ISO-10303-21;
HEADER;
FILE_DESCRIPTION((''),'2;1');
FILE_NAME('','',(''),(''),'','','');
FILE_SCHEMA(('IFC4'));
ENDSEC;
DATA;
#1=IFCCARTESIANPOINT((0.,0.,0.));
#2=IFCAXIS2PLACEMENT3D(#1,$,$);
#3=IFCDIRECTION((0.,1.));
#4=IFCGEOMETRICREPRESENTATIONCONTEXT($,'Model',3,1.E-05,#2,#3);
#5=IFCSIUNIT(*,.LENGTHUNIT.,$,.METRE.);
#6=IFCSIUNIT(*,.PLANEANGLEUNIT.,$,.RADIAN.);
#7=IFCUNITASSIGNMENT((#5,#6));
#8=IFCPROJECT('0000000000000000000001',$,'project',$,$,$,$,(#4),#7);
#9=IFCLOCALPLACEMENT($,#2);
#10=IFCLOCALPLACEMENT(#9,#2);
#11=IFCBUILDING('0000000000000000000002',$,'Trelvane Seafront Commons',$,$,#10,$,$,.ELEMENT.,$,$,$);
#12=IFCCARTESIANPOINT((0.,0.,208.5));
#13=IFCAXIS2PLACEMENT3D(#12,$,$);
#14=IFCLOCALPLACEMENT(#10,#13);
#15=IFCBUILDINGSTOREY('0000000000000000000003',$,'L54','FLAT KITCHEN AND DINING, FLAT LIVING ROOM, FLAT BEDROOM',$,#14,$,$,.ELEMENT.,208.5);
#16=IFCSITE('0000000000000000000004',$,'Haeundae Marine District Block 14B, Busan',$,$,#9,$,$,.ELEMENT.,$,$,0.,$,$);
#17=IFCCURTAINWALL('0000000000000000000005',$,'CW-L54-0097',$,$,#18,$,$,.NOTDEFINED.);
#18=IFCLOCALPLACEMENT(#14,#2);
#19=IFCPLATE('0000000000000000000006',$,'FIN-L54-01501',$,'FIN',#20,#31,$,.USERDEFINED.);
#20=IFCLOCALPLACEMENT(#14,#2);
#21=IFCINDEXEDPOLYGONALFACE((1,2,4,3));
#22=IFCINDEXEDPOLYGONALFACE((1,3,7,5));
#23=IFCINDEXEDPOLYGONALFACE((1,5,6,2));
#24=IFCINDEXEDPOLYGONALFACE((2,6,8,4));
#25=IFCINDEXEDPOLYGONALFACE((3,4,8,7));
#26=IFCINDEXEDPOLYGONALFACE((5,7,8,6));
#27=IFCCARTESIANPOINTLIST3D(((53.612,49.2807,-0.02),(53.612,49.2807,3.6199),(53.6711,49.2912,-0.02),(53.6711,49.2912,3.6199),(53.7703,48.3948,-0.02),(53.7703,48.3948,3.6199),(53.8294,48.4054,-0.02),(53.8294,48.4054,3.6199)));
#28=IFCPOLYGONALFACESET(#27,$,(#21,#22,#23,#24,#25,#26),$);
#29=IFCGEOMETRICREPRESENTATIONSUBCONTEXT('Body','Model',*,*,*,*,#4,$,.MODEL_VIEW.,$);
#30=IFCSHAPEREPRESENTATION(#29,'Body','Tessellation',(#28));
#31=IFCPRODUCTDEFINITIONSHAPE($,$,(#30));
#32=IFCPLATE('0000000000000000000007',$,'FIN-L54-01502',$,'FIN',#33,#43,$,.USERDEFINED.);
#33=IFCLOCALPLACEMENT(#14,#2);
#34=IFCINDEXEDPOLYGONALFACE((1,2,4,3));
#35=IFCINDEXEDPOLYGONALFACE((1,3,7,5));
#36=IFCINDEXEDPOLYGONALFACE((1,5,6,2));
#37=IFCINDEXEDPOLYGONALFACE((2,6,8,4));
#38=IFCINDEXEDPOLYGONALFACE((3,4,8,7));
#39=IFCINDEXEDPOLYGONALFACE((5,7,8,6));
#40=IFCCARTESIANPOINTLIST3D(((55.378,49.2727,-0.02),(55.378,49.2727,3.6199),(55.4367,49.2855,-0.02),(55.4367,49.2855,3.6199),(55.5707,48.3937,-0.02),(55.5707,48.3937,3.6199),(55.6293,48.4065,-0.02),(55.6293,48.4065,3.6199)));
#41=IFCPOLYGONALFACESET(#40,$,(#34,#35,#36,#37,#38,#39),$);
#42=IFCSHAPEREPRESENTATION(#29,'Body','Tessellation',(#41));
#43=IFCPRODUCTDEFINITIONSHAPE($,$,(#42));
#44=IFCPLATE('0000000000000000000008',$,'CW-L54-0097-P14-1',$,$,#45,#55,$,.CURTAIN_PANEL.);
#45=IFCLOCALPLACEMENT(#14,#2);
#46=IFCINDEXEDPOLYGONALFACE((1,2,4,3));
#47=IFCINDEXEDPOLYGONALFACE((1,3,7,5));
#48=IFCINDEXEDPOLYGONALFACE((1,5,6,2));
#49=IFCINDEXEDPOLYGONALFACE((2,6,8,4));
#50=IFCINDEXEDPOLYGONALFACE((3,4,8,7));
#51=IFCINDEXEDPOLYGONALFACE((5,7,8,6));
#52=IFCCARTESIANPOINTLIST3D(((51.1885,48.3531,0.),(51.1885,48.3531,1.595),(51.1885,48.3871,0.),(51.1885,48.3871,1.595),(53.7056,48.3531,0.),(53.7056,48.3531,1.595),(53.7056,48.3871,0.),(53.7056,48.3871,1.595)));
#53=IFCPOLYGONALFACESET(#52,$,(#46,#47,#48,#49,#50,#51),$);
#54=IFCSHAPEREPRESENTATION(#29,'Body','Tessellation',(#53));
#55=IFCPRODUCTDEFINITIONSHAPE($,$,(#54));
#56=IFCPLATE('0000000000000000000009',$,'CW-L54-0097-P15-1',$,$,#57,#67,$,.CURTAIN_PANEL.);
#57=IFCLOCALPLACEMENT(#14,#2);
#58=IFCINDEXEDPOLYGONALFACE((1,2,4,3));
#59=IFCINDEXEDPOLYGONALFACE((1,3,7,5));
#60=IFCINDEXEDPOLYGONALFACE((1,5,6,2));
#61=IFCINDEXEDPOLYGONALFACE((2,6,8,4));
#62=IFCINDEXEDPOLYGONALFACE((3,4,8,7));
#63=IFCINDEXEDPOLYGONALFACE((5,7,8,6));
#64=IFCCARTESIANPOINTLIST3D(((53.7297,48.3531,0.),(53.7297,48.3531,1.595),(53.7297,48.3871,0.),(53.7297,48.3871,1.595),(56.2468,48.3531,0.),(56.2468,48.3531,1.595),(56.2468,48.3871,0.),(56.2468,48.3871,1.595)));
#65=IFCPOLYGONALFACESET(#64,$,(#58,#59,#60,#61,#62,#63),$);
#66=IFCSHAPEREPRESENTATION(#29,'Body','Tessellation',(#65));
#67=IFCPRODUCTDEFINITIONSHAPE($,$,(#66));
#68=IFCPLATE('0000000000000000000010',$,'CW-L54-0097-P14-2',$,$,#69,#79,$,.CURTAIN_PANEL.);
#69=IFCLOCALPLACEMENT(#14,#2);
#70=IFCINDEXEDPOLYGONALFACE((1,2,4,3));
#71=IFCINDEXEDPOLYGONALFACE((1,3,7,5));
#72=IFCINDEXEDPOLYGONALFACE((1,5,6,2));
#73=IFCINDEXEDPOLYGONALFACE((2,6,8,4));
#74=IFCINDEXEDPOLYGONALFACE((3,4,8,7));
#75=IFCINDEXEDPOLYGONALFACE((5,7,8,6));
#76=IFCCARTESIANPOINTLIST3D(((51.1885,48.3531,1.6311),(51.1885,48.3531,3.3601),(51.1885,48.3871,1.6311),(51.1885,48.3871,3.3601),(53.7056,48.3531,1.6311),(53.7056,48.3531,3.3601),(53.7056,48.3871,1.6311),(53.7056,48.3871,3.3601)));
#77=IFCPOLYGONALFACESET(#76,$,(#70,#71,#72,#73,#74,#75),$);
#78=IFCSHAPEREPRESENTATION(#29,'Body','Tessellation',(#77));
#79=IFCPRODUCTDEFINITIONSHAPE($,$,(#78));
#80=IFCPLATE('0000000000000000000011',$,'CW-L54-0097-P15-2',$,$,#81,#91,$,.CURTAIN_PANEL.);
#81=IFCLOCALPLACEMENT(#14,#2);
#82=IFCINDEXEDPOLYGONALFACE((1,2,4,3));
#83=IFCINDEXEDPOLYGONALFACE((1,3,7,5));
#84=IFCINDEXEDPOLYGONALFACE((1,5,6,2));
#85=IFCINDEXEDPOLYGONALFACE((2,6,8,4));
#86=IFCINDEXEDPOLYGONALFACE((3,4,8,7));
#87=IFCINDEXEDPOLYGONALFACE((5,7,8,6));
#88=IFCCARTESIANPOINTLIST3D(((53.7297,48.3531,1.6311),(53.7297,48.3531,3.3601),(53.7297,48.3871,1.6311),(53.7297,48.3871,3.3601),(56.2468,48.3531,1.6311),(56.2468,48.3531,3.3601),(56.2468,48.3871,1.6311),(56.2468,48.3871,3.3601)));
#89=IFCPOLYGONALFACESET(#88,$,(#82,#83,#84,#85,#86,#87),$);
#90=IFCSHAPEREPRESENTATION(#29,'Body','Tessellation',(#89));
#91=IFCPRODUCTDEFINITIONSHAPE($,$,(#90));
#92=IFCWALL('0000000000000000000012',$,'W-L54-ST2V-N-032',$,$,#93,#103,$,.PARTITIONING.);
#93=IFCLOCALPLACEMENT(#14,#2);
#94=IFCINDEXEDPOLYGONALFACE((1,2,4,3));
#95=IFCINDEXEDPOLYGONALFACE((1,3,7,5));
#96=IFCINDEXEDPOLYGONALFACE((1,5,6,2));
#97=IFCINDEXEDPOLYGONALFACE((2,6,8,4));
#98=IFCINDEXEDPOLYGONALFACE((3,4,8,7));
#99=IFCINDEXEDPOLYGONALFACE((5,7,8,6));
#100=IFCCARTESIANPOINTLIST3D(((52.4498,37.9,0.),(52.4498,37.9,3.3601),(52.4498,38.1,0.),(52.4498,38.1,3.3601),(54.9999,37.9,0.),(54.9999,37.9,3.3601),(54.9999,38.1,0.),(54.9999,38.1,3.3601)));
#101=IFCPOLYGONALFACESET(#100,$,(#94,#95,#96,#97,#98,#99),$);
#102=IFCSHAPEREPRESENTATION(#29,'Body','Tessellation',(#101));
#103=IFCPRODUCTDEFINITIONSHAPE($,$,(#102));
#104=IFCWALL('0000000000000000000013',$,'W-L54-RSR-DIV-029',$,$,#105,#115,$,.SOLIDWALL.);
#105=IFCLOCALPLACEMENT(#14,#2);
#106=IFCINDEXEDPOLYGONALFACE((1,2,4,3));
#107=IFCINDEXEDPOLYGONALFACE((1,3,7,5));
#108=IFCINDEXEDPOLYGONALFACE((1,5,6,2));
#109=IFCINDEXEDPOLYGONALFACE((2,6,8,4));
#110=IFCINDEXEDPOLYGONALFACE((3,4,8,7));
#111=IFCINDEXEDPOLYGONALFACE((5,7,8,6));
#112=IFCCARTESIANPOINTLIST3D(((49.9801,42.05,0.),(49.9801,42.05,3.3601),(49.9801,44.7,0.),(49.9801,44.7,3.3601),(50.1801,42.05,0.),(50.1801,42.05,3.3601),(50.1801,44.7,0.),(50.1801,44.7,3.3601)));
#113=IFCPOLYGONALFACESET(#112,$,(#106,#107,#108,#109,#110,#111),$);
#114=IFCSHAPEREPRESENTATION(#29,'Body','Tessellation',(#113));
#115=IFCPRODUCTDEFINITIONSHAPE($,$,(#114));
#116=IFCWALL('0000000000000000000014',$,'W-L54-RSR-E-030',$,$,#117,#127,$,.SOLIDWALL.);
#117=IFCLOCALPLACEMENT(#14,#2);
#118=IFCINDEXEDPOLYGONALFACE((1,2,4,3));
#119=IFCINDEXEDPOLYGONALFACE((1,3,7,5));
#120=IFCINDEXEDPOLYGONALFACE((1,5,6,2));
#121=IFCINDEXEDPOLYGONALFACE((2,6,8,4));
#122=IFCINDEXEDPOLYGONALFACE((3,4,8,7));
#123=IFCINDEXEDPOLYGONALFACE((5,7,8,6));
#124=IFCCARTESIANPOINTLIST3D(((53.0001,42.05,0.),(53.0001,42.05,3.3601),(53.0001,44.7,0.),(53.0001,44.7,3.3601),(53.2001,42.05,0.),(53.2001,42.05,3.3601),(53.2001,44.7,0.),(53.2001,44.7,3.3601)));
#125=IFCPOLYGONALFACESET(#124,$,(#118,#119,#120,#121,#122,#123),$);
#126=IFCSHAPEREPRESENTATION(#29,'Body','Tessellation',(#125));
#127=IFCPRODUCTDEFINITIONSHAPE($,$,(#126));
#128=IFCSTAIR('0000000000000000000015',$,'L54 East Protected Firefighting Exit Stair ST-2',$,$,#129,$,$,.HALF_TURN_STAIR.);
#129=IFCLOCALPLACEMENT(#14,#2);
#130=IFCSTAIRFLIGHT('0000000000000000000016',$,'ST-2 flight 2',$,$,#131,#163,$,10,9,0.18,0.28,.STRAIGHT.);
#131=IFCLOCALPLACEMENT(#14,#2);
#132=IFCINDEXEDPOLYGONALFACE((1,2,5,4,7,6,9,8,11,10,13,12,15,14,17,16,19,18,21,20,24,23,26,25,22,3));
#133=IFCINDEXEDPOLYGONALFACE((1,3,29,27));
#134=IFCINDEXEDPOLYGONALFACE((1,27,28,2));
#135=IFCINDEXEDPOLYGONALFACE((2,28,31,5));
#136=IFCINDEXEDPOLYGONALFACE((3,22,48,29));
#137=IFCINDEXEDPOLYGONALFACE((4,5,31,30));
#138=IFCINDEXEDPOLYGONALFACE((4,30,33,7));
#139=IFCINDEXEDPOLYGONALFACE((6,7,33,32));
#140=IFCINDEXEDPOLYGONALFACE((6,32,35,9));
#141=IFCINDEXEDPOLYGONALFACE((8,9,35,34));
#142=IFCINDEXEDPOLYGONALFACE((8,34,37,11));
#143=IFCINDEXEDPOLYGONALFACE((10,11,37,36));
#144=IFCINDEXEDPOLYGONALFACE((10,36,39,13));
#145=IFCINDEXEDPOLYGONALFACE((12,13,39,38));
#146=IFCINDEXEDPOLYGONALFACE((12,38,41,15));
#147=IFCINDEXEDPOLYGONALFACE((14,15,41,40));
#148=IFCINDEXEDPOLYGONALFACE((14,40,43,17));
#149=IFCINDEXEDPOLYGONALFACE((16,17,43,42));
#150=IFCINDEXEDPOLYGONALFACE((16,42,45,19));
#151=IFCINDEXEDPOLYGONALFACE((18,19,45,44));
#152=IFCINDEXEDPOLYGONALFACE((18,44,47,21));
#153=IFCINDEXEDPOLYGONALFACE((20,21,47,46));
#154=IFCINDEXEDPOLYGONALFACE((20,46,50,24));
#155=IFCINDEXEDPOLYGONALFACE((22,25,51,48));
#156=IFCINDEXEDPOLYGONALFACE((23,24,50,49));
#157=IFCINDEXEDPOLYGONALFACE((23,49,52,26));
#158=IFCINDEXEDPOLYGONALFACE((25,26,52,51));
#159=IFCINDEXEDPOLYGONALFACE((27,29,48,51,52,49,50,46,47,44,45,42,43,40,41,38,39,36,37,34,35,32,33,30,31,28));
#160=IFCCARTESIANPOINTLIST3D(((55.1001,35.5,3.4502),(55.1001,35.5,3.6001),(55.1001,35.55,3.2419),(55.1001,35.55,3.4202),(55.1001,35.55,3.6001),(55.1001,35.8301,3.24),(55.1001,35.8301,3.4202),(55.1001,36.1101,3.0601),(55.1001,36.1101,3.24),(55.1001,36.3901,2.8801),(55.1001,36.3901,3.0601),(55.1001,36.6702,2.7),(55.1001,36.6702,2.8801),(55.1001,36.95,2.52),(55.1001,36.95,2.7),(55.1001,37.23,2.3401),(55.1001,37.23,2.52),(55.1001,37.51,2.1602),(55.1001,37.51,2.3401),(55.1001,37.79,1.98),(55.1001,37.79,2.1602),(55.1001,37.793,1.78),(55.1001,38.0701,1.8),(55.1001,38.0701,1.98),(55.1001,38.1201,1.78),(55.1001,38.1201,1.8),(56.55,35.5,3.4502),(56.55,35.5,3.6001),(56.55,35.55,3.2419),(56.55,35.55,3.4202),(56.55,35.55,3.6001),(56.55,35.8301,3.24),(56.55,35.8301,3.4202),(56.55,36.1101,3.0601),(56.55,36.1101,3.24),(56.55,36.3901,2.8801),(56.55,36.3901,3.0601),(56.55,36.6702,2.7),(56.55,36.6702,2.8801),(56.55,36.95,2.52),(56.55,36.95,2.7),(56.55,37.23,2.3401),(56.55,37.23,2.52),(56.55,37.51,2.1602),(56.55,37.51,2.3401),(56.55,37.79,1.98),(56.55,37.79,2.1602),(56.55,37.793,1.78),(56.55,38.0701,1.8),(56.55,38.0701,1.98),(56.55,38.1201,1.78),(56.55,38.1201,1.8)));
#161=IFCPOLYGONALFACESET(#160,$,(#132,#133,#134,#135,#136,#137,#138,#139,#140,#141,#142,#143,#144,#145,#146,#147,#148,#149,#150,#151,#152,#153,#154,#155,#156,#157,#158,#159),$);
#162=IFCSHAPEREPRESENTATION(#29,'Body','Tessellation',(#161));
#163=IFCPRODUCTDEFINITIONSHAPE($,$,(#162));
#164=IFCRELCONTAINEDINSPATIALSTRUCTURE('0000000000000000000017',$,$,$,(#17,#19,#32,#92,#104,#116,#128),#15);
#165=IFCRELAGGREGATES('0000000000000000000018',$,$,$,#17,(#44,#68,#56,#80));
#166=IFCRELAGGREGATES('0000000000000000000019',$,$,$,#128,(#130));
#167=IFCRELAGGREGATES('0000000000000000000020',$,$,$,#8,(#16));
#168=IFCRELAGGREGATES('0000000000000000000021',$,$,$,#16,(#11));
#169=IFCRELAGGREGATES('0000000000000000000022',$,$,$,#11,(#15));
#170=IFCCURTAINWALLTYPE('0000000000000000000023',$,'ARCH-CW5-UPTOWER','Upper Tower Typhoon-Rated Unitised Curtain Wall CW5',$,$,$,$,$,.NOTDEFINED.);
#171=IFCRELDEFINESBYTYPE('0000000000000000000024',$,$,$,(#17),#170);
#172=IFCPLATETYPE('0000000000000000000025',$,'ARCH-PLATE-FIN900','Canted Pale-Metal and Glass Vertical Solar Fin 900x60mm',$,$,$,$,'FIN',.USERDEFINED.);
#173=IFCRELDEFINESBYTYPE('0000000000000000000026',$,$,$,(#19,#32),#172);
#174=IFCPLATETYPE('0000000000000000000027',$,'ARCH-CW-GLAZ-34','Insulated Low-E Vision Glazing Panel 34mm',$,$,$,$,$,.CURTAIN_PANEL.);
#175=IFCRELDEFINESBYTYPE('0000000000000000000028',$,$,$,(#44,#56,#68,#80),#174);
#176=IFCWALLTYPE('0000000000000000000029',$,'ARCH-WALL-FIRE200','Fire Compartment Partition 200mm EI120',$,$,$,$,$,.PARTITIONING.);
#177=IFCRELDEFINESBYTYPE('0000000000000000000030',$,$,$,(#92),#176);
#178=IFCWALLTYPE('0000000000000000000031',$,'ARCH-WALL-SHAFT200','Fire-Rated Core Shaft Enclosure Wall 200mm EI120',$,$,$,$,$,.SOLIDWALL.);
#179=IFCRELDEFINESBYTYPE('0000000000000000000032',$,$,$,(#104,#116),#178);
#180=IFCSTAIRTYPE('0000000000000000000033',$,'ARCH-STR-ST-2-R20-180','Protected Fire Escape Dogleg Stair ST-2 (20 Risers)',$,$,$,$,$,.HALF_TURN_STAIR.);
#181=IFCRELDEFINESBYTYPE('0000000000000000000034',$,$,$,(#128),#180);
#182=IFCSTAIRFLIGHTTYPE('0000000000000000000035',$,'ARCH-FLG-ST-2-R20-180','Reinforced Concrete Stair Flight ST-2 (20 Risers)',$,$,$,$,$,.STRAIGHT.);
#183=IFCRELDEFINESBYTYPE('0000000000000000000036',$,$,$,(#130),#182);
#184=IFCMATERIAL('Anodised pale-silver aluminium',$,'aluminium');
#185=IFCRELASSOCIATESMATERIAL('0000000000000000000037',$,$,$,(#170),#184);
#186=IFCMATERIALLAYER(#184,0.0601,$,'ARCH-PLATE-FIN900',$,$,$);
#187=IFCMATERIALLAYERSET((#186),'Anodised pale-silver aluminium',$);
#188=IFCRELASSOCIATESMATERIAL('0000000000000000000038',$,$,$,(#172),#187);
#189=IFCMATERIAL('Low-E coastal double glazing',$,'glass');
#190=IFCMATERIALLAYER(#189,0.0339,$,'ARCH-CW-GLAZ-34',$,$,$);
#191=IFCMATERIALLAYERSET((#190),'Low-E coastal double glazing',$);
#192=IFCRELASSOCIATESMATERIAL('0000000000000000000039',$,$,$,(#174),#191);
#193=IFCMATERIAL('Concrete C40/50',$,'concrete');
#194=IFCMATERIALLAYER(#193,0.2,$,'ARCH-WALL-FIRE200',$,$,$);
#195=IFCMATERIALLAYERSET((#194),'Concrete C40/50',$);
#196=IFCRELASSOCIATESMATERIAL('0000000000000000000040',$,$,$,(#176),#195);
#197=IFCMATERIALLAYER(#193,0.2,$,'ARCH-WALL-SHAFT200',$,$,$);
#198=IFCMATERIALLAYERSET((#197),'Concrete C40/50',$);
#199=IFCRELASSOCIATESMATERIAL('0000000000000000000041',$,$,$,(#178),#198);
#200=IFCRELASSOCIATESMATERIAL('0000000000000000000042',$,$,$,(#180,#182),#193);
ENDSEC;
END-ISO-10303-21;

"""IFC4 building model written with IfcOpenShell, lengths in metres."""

from ifc_helpers import new_model, si_unit, direction, frame, frame_2d, origin, origin_2d, place, context, subcontext, project, spatial, polyline, rectangle, outline, extrude, source, transform, mapped, material, layer, layer_set, type_object, element, aggregate, save


model = new_model("IFC4")

# Units and contexts
model_context = context("Model", 3, precision=1e-05, world=origin(), true_north=direction((0.0, 1.0)))
body_context = subcontext(model_context, "Body", "Model", "MODEL_VIEW")
ifc_project = project(units=[si_unit("LENGTHUNIT", "METRE"), si_unit("PLANEANGLEUNIT", "RADIAN")], contexts=[model_context])

# Site, building, storey
site_placement = place(None, origin())
site = spatial("IfcSite", under=ifc_project, at=site_placement, Name="Haeundae Marine District Block 14B, Busan", CompositionType="ELEMENT", RefElevation=0.0)
building_placement = place(site_placement, origin())
building = spatial("IfcBuilding", under=site, at=building_placement, Name="Trelvane Seafront Commons", CompositionType="ELEMENT")
storey_placement = place(building_placement, frame((0.0, 0.0, 208.5)))
storey = spatial("IfcBuildingStorey", under=building, at=storey_placement, Name="L54", Description="FLAT KITCHEN AND DINING, FLAT LIVING ROOM, FLAT BEDROOM", CompositionType="ELEMENT", Elevation=208.5)

# Curtain wall
ifc_material_1 = material(Name="Anodised pale-silver aluminium", Category="aluminium")
curtain_wall_type = type_object("IfcCurtainWallType", Name="ARCH-CW5-UPTOWER", Description="Upper Tower Typhoon-Rated Unitised Curtain Wall CW5", PredefinedType="NOTDEFINED", material=ifc_material_1)
curtain_wall_placement = place(storey_placement, origin())
curtain_wall = element("IfcCurtainWall", 1, at=curtain_wall_placement, inside=storey, type_object=curtain_wall_type, Name="CW-L54-0097", PredefinedType="NOTDEFINED")

# Plates
ifc_layer_1 = layer(ifc_material_1, 0.0601, Name="ARCH-PLATE-FIN900")
ifc_layer_set_1 = layer_set([ifc_layer_1], Name="Anodised pale-silver aluminium")
plate_type_1 = type_object("IfcPlateType", Name="ARCH-PLATE-FIN900", Description="Canted Pale-Metal and Glass Vertical Solar Fin 900x60mm", ElementType="FIN", PredefinedType="USERDEFINED", material=ifc_layer_set_1)
shared_shape_1 = source(origin(), body_context, "Body", "SweptSolid", [
    extrude(rectangle(XDim=0.8999, YDim=0.0601, at=origin_2d()), origin(), (0.0, 0.0, 1.0), 3.6399),
])
for number, where, z_axis, x_axis, name in (
    (2, (53.7207, 48.843, -0.02), (0.0, 0.0, 1.0), (-0.175882, 0.984411, 0.0), "FIN-L54-01501"),
    (3, (55.5037, 48.8396, -0.02), (0.0, 0.0, 1.0), (-0.214118, 0.976808, 0.0), "FIN-L54-01502"),
):
    element("IfcPlate", number, at=place(storey_placement, frame(where, z_axis=z_axis, x_axis=x_axis)), inside=storey, type_object=plate_type_1, Name=name, ObjectType="FIN", PredefinedType="USERDEFINED", context=body_context, shape_type="MappedRepresentation", body=[
        mapped(shared_shape_1, transform((0.0, 0.0, 0.0), x_axis=(1.0, 0.0, 0.0), y_axis=(0.0, 1.0, 0.0), z_axis=(0.0, 0.0, 1.0), scale=1.0)),
    ])

# Plates
ifc_material_2 = material(Name="Low-E coastal double glazing", Category="glass")
ifc_layer_2 = layer(ifc_material_2, 0.0339, Name="ARCH-CW-GLAZ-34")
ifc_layer_set_2 = layer_set([ifc_layer_2], Name="Low-E coastal double glazing")
plate_type_2 = type_object("IfcPlateType", Name="ARCH-CW-GLAZ-34", Description="Insulated Low-E Vision Glazing Panel 34mm", PredefinedType="CURTAIN_PANEL", material=ifc_layer_set_2)
shared_shape_2 = source(origin(), body_context, "Body", "SweptSolid", [
    extrude(rectangle(XDim=2.5171, YDim=0.0339, at=origin_2d()), origin(), (0.0, 0.0, 1.0), 1.595),
])
plate_1_placement = place(storey_placement, frame((52.447, 48.3701, 0.0), z_axis=(0.0, 0.0, 1.0), x_axis=(1.0, 0.0, 0.0)))
plate_1 = element("IfcPlate", 4, at=plate_1_placement, type_object=plate_type_2, Name="CW-L54-0097-P14-1", PredefinedType="CURTAIN_PANEL", context=body_context, shape_type="MappedRepresentation", body=[
    mapped(shared_shape_2, transform((0.0, 0.0, 0.0), x_axis=(1.0, 0.0, 0.0), y_axis=(0.0, 1.0, 0.0), z_axis=(0.0, 0.0, 1.0), scale=1.0)),
])
plate_2_placement = place(storey_placement, frame((54.9883, 48.3701, 0.0), z_axis=(0.0, 0.0, 1.0), x_axis=(1.0, 0.0, 0.0)))
plate_2 = element("IfcPlate", 5, at=plate_2_placement, type_object=plate_type_2, Name="CW-L54-0097-P15-1", PredefinedType="CURTAIN_PANEL", context=body_context, shape_type="MappedRepresentation", body=[
    mapped(shared_shape_2, transform((0.0, 0.0, 0.0), x_axis=(1.0, 0.0, 0.0), y_axis=(0.0, 1.0, 0.0), z_axis=(0.0, 0.0, 1.0), scale=1.0)),
])
shared_shape_3 = source(origin(), body_context, "Body", "SweptSolid", [
    extrude(rectangle(XDim=2.5171, YDim=0.0339, at=origin_2d()), origin(), (0.0, 0.0, 1.0), 1.729),
])
plate_3_placement = place(storey_placement, frame((52.447, 48.3701, 1.6311), z_axis=(0.0, 0.0, 1.0), x_axis=(1.0, 0.0, 0.0)))
plate_3 = element("IfcPlate", 6, at=plate_3_placement, type_object=plate_type_2, Name="CW-L54-0097-P14-2", PredefinedType="CURTAIN_PANEL", context=body_context, shape_type="MappedRepresentation", body=[
    mapped(shared_shape_3, transform((0.0, 0.0, 0.0), x_axis=(1.0, 0.0, 0.0), y_axis=(0.0, 1.0, 0.0), z_axis=(0.0, 0.0, 1.0), scale=1.0)),
])
plate_4_placement = place(storey_placement, frame((54.9883, 48.3701, 1.6311), z_axis=(0.0, 0.0, 1.0), x_axis=(1.0, 0.0, 0.0)))
plate_4 = element("IfcPlate", 7, at=plate_4_placement, type_object=plate_type_2, Name="CW-L54-0097-P15-2", PredefinedType="CURTAIN_PANEL", context=body_context, shape_type="MappedRepresentation", body=[
    mapped(shared_shape_3, transform((0.0, 0.0, 0.0), x_axis=(1.0, 0.0, 0.0), y_axis=(0.0, 1.0, 0.0), z_axis=(0.0, 0.0, 1.0), scale=1.0)),
])
aggregate(curtain_wall, [plate_1, plate_3, plate_2, plate_4])

# Walls
ifc_material_3 = material(Name="Concrete C40/50", Category="concrete")
ifc_layer_3 = layer(ifc_material_3, 0.2, Name="ARCH-WALL-FIRE200")
ifc_layer_set_3 = layer_set([ifc_layer_3], Name="Concrete C40/50")
wall_type_1 = type_object("IfcWallType", Name="ARCH-WALL-FIRE200", Description="Fire Compartment Partition 200mm EI120", PredefinedType="PARTITIONING", material=ifc_layer_set_3)
wall_placement = place(storey_placement, frame((52.45, 38.0, 0.0), z_axis=(0.0, 0.0, 1.0), x_axis=(1.0, 0.0, 0.0)))
element("IfcWall", 8, at=wall_placement, inside=storey, type_object=wall_type_1, Name="W-L54-ST2V-N-032", PredefinedType="PARTITIONING", context=body_context, shape_type="SweptSolid", body=[
    extrude(rectangle(XDim=2.55, YDim=0.2, at=frame_2d((1.2749, 0.0))), origin(), (0.0, 0.0, 1.0), 3.3601),
])
ifc_layer_4 = layer(ifc_material_3, 0.2, Name="ARCH-WALL-SHAFT200")
ifc_layer_set_4 = layer_set([ifc_layer_4], Name="Concrete C40/50")
wall_type_2 = type_object("IfcWallType", Name="ARCH-WALL-SHAFT200", Description="Fire-Rated Core Shaft Enclosure Wall 200mm EI120", PredefinedType="SOLIDWALL", material=ifc_layer_set_4)
for number, where, z_axis, x_axis, name in (
    (9, (50.0801, 42.05, 0.0), (0.0, 0.0, 1.0), (0.0, 1.0, 0.0), "W-L54-RSR-DIV-029"),
    (10, (53.1001, 42.05, 0.0), (0.0, 0.0, 1.0), (0.0, 1.0, 0.0), "W-L54-RSR-E-030"),
):
    element("IfcWall", number, at=place(storey_placement, frame(where, z_axis=z_axis, x_axis=x_axis)), inside=storey, type_object=wall_type_2, Name=name, PredefinedType="SOLIDWALL", context=body_context, shape_type="SweptSolid", body=[
        extrude(rectangle(XDim=2.6499, YDim=0.2, at=frame_2d((1.325, 0.0))), origin(), (0.0, 0.0, 1.0), 3.3601),
    ])

# Stair, stair flight
stair_type = type_object("IfcStairType", Name="ARCH-STR-ST-2-R20-180", Description="Protected Fire Escape Dogleg Stair ST-2 (20 Risers)", PredefinedType="HALF_TURN_STAIR", material=ifc_material_3)
stair_placement = place(storey_placement, origin())
stair = element("IfcStair", 11, at=stair_placement, inside=storey, type_object=stair_type, Name="L54 East Protected Firefighting Exit Stair ST-2", PredefinedType="HALF_TURN_STAIR")
stair_flight_type = type_object("IfcStairFlightType", Name="ARCH-FLG-ST-2-R20-180", Description="Reinforced Concrete Stair Flight ST-2 (20 Risers)", PredefinedType="STRAIGHT", material=ifc_material_3)
shared_shape_4 = source(origin(), body_context, "Body", "SweptSolid", [
    extrude(outline(polyline([(-0.05, -0.02), (-0.05, 0.0), (0.0, 0.0), (0.0, 0.1799), (0.28, 0.1799), (0.28, 0.3601), (0.5601, 0.3601), (0.5601, 0.54), (0.8401, 0.54), (0.8401, 0.72), (1.1201, 0.72), (1.1201, 0.8999), (1.3999, 0.8999), (1.3999, 1.0801), (1.6799, 1.0801), (1.6799, 1.26), (1.96, 1.26), (1.96, 1.4399), (2.24, 1.4399), (2.24, 1.6201), (2.52, 1.6201), (2.52, 1.8), (2.5701, 1.8), (2.5701, 1.6501), (2.52, 1.4419), (0.2771, -0.02), (-0.05, -0.02)])), frame((0.0, 0.7251, 0.0), z_axis=(0.0, -1.0, 0.0), x_axis=(1.0, 0.0, 0.0)), (0.0, 0.0, 1.0), 1.45),
])
stair_flight_placement = place(storey_placement, frame((55.825, 38.0701, 1.8), z_axis=(0.0, 0.0, 1.0), x_axis=(0.0, -1.0, 0.0)))
stair_flight = element("IfcStairFlight", 12, at=stair_flight_placement, type_object=stair_flight_type, Name="ST-2 flight 2", NumberOfRisers=10, NumberOfTreads=9, PredefinedType="STRAIGHT", RiserHeight=0.18, TreadLength=0.28, context=body_context, shape_type="MappedRepresentation", body=[
    mapped(shared_shape_4, transform((0.0, 0.0, 0.0), x_axis=(1.0, 0.0, 0.0), y_axis=(0.0, 1.0, 0.0), z_axis=(0.0, 0.0, 1.0), scale=1.0)),
])
aggregate(stair, [stair_flight])

save(model, "model.ifc")
